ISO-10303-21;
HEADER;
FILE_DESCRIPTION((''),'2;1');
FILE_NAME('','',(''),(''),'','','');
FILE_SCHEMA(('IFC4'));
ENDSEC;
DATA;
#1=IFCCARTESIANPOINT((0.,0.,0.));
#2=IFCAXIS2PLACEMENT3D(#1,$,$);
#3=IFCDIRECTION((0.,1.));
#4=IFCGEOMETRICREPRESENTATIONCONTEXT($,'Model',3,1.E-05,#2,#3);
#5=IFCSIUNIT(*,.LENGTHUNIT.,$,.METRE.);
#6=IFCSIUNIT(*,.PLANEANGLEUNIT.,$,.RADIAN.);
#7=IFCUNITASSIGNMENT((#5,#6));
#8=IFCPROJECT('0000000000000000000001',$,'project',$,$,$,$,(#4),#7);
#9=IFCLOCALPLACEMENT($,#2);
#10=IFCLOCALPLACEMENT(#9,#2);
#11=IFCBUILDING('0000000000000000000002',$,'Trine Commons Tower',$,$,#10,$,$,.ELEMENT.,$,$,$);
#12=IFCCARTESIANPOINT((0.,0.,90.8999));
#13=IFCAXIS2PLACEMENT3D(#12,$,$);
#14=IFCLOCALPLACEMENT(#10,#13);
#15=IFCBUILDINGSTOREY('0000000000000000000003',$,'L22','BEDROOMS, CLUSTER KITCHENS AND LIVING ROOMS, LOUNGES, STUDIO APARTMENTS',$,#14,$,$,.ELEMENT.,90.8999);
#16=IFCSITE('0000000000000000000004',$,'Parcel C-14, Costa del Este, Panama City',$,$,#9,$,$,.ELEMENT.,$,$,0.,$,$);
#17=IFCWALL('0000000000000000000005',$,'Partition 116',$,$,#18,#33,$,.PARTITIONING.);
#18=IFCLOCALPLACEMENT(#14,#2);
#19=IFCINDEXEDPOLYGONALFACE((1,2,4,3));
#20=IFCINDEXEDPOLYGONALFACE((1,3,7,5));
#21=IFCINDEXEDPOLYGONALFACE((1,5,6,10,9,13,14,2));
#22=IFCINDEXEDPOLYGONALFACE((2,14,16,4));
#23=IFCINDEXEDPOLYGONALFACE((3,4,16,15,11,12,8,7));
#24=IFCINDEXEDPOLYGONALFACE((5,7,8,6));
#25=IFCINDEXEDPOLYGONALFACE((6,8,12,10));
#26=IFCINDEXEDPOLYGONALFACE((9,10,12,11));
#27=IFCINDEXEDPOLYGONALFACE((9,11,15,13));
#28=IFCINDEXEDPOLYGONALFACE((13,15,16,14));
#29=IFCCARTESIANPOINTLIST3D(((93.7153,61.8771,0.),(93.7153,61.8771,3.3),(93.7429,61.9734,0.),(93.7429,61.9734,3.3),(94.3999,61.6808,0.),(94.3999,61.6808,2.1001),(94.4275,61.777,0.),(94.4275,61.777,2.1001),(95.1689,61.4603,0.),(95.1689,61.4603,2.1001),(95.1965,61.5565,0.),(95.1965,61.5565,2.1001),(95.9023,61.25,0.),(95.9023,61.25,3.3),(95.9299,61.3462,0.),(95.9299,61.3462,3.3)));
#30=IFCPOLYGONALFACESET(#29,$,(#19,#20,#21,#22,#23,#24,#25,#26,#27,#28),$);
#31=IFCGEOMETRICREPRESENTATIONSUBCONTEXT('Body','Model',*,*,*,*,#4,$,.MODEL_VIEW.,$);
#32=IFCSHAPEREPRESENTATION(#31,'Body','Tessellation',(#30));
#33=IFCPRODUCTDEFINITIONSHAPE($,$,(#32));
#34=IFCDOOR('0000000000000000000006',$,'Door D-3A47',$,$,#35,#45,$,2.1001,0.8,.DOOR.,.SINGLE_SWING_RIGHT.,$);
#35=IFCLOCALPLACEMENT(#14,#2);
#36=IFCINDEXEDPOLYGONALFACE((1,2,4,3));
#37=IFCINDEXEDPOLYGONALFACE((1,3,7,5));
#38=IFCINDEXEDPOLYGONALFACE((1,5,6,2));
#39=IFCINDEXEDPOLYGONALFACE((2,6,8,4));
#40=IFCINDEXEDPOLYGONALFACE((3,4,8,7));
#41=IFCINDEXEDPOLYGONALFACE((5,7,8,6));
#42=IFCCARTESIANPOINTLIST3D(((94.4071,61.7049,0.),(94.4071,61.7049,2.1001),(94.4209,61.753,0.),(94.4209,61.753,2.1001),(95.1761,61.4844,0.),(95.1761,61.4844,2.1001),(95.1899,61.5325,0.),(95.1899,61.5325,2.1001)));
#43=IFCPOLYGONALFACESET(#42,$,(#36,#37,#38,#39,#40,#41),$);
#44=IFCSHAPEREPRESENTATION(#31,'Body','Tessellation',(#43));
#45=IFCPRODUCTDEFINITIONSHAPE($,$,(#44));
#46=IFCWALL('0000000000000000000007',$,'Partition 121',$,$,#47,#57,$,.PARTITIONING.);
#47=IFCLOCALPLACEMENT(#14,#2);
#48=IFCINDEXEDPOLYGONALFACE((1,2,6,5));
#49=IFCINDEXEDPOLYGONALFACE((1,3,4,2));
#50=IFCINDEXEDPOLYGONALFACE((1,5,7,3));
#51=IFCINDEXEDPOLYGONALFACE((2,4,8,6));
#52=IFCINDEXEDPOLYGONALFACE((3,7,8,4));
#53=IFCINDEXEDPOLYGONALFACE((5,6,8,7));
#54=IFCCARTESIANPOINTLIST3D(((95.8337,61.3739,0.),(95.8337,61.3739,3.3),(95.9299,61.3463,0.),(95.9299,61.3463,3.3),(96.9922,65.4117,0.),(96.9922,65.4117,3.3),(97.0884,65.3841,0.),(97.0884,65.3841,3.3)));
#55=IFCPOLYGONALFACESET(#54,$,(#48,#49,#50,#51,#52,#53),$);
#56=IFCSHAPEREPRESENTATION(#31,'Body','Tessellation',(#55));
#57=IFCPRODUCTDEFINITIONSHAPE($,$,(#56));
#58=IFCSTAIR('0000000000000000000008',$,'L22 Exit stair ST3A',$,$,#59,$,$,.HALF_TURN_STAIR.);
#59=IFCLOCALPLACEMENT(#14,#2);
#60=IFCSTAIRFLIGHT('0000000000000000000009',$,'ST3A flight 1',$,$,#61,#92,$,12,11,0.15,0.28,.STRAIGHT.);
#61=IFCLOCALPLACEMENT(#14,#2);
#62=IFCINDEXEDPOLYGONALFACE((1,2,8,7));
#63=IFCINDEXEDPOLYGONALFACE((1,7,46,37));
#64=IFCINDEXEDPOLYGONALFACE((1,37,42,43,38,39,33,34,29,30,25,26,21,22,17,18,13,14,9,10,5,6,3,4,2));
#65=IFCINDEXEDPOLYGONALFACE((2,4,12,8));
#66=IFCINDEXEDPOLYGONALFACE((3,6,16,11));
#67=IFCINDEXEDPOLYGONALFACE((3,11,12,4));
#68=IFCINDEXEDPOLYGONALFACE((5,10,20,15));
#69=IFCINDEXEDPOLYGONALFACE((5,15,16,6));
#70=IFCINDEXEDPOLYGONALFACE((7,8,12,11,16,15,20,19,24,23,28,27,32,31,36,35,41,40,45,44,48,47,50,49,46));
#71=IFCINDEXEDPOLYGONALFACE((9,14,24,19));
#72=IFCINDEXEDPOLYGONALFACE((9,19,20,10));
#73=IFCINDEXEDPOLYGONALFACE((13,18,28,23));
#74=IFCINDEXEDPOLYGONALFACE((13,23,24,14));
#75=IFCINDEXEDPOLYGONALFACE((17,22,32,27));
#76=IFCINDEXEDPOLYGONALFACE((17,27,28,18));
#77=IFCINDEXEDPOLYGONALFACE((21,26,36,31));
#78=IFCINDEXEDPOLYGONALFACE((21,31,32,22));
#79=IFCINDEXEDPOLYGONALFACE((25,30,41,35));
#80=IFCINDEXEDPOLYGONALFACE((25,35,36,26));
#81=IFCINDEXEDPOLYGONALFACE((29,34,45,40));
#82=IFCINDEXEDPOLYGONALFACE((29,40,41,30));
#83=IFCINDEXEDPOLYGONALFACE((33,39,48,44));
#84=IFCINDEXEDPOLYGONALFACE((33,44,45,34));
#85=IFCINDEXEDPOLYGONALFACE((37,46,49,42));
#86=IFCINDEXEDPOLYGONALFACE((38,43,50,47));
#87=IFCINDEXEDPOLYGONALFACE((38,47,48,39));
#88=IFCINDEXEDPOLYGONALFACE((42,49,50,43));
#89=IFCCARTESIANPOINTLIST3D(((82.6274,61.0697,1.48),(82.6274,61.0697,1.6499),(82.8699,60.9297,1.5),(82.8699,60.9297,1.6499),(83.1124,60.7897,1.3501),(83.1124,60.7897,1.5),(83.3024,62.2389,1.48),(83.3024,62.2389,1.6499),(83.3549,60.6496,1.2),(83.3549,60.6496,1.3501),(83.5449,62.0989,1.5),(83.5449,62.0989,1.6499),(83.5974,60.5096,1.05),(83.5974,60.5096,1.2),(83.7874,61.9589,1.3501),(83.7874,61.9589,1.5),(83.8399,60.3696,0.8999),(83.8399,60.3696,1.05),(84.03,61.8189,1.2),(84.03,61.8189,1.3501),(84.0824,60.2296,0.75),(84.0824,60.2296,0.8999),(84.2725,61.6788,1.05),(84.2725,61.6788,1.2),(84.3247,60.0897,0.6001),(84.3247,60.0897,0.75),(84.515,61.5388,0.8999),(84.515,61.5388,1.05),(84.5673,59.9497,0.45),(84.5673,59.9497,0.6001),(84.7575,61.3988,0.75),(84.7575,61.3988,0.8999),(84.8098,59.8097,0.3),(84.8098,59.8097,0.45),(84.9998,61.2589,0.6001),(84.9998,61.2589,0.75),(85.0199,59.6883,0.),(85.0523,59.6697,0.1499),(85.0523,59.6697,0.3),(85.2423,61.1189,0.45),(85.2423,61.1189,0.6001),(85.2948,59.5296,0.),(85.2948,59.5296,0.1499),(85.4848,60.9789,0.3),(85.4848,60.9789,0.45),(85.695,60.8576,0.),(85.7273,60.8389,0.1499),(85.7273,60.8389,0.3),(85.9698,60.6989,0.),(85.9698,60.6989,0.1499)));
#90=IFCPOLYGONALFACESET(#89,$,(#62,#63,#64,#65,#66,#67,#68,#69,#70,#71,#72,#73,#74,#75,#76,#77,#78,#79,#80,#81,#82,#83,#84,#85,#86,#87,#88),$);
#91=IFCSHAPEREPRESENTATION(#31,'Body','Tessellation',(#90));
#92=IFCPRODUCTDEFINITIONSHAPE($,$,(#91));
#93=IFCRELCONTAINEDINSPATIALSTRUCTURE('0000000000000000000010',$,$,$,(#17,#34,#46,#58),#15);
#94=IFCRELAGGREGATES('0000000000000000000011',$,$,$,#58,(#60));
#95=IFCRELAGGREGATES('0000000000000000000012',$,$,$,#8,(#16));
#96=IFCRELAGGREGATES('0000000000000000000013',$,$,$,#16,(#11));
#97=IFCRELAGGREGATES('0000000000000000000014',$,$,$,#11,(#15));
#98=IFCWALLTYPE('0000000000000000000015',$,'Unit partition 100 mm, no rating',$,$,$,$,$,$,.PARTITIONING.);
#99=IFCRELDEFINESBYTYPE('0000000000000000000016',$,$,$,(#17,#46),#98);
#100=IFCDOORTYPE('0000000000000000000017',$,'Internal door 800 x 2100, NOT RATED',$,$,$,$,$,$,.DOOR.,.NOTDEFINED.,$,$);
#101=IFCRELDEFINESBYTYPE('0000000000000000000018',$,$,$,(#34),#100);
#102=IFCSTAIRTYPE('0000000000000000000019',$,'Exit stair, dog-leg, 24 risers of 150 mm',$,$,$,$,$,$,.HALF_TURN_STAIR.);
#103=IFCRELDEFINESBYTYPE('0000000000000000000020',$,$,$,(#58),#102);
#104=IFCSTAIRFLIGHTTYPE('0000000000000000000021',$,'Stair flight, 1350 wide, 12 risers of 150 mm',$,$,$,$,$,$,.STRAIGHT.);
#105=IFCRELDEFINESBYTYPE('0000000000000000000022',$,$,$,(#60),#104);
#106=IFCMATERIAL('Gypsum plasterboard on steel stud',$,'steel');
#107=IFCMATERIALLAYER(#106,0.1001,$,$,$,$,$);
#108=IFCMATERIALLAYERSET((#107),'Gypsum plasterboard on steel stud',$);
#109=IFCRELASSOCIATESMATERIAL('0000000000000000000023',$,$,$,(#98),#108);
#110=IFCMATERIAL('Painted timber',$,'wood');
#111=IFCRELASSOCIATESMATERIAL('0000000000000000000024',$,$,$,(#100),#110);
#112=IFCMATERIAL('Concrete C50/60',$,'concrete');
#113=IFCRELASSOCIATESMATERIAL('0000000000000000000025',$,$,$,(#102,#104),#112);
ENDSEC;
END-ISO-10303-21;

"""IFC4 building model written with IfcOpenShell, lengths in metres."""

from ifc_helpers import new_model, si_unit, direction, frame, frame_2d, origin, place, context, subcontext, project, spatial, polyline, rectangle, outline, extrude, material, layer, layer_set, type_object, element, fill, aggregate, save


model = new_model("IFC4")

# Units and contexts
model_context = context("Model", 3, precision=1e-05, world=origin(), true_north=direction((0.0, 1.0)))
body_context = subcontext(model_context, "Body", "Model", "MODEL_VIEW")
ifc_project = project(units=[si_unit("LENGTHUNIT", "METRE"), si_unit("PLANEANGLEUNIT", "RADIAN")], contexts=[model_context])

# Site, building, storey
site_placement = place(None, origin())
site = spatial("IfcSite", under=ifc_project, at=site_placement, Name="Parcel C-14, Costa del Este, Panama City", CompositionType="ELEMENT", RefElevation=0.0)
building_placement = place(site_placement, origin())
building = spatial("IfcBuilding", under=site, at=building_placement, Name="Trine Commons Tower", CompositionType="ELEMENT")
storey_placement = place(building_placement, frame((0.0, 0.0, 90.8999)))
storey = spatial("IfcBuildingStorey", under=building, at=storey_placement, Name="L22", Description="BEDROOMS, CLUSTER KITCHENS AND LIVING ROOMS, LOUNGES, STUDIO APARTMENTS", CompositionType="ELEMENT", Elevation=90.8999)

# Shared definitions
ifc_material_1 = material(Name="Concrete C50/60", Category="concrete")

# Shared definitions
ifc_material_2 = material(Name="Gypsum plasterboard on steel stud", Category="steel")

# Shared definitions
ifc_layer_1 = layer(ifc_material_2, 0.1001)
ifc_layer_set_1 = layer_set([ifc_layer_1], Name="Gypsum plasterboard on steel stud")
wall_type_1 = type_object("IfcWallType", Name="Unit partition 100 mm, no rating", PredefinedType="PARTITIONING", material=ifc_layer_set_1)
ifc_material_3 = material(Name="Painted timber", Category="wood")
door_type_1 = type_object("IfcDoorType", Name="Internal door 800 x 2100, NOT RATED", OperationType="NOTDEFINED", PredefinedType="DOOR", material=ifc_material_3)

# Wall, opening, door
wall_1_placement = place(storey_placement, frame((93.729, 61.9253, 0.0), z_axis=(0.0, 0.0, 1.0), x_axis=(0.961252, -0.275671, 0.0)))
wall_1 = element("IfcWall", 1, at=wall_1_placement, inside=storey, type_object=wall_type_1, Name="Partition 116", PredefinedType="PARTITIONING", context=body_context, shape_type="SweptSolid", body=[
    extrude(rectangle(XDim=2.2751, YDim=0.1001, at=frame_2d((1.1377, 0.0))), origin(), (0.0, 0.0, 1.0), 3.3),
])
opening_1_placement = place(wall_1_placement, frame((0.7124, 0.0, 0.0)))
opening_1 = element("IfcOpeningElement", 2, at=opening_1_placement, cuts=wall_1, PredefinedType="OPENING", context=body_context, shape_type="SweptSolid", body=[
    extrude(rectangle(XDim=0.8, YDim=2.1001, at=frame_2d((0.3999, 1.05))), frame((0.0, 0.0601, 0.0), z_axis=(0.0, -1.0, 0.0), x_axis=(1.0, 0.0, 0.0)), (0.0, 0.0, 1.0), 0.1201),
])
door_1_placement = place(opening_1_placement, frame((0.8, 0.0, 0.0), z_axis=(0.0, 0.0, 1.0), x_axis=(-1.0, 0.0, 0.0)))
door_1 = element("IfcDoor", 3, at=door_1_placement, inside=storey, type_object=door_type_1, Name="Door D-3A47", OperationType="SINGLE_SWING_RIGHT", OverallHeight=2.1001, OverallWidth=0.8, PredefinedType="DOOR", context=body_context, shape_type="SweptSolid", body=[
    extrude(rectangle(XDim=0.8, YDim=2.1001, at=frame_2d((0.3999, 1.05))), frame((0.0, 0.0249, 0.0), z_axis=(0.0, -1.0, 0.0), x_axis=(1.0, 0.0, 0.0)), (0.0, 0.0, 1.0), 0.05),
])
fill(opening_1, door_1)

# Wall
wall_2_placement = place(storey_placement, frame((95.8818, 61.3601, 0.0), z_axis=(0.0, 0.0, 1.0), x_axis=(0.275773, 0.961223, 0.0)))
element("IfcWall", 4, at=wall_2_placement, inside=storey, type_object=wall_type_1, Name="Partition 121", PredefinedType="PARTITIONING", context=body_context, shape_type="SweptSolid", body=[
    extrude(rectangle(XDim=4.2007, YDim=0.1001, at=frame_2d((2.1003, 0.0))), origin(), (0.0, 0.0, 1.0), 3.3),
])

# Stair, stair flight
stair_type = type_object("IfcStairType", Name="Exit stair, dog-leg, 24 risers of 150 mm", PredefinedType="HALF_TURN_STAIR", material=ifc_material_1)
stair_placement = place(storey_placement, origin())
stair = element("IfcStair", 5, at=stair_placement, inside=storey, type_object=stair_type, Name="L22 Exit stair ST3A", PredefinedType="HALF_TURN_STAIR")
stair_flight_type = type_object("IfcStairFlightType", Name="Stair flight, 1350 wide, 12 risers of 150 mm", PredefinedType="STRAIGHT", material=ifc_material_1)
stair_flight_placement = place(storey_placement, frame((85.6323, 60.1143, 0.0), z_axis=(0.0, 0.0, 1.0), x_axis=(-0.866025, 0.5, 0.0)))
stair_flight = element("IfcStairFlight", 6, at=stair_flight_placement, type_object=stair_flight_type, Name="ST3A flight 1", NumberOfRisers=12, NumberOfTreads=11, PredefinedType="STRAIGHT", RiserHeight=0.15, TreadLength=0.28, context=body_context, shape_type="SweptSolid", body=[
    extrude(outline(polyline([(0.0, 0.0), (0.0, 0.1499), (0.28, 0.1499), (0.28, 0.3), (0.5601, 0.3), (0.5601, 0.45), (0.8401, 0.45), (0.8401, 0.6001), (1.1201, 0.6001), (1.1201, 0.75), (1.3999, 0.75), (1.3999, 0.8999), (1.6799, 0.8999), (1.6799, 1.05), (1.96, 1.05), (1.96, 1.2), (2.24, 1.2), (2.24, 1.3501), (2.52, 1.3501), (2.52, 1.5), (2.8, 1.5), (2.8, 1.6499), (3.0801, 1.6499), (3.0801, 1.8), (3.0801, 1.48), (0.3174, 0.0), (0.0, 0.0)])), frame((0.0, 0.675, 0.0), z_axis=(0.0, -1.0, 0.0), x_axis=(1.0, 0.0, 0.0)), (0.0, 0.0, 1.0), 1.3501),
])
aggregate(stair, [stair_flight])

save(model, "model.ifc")
